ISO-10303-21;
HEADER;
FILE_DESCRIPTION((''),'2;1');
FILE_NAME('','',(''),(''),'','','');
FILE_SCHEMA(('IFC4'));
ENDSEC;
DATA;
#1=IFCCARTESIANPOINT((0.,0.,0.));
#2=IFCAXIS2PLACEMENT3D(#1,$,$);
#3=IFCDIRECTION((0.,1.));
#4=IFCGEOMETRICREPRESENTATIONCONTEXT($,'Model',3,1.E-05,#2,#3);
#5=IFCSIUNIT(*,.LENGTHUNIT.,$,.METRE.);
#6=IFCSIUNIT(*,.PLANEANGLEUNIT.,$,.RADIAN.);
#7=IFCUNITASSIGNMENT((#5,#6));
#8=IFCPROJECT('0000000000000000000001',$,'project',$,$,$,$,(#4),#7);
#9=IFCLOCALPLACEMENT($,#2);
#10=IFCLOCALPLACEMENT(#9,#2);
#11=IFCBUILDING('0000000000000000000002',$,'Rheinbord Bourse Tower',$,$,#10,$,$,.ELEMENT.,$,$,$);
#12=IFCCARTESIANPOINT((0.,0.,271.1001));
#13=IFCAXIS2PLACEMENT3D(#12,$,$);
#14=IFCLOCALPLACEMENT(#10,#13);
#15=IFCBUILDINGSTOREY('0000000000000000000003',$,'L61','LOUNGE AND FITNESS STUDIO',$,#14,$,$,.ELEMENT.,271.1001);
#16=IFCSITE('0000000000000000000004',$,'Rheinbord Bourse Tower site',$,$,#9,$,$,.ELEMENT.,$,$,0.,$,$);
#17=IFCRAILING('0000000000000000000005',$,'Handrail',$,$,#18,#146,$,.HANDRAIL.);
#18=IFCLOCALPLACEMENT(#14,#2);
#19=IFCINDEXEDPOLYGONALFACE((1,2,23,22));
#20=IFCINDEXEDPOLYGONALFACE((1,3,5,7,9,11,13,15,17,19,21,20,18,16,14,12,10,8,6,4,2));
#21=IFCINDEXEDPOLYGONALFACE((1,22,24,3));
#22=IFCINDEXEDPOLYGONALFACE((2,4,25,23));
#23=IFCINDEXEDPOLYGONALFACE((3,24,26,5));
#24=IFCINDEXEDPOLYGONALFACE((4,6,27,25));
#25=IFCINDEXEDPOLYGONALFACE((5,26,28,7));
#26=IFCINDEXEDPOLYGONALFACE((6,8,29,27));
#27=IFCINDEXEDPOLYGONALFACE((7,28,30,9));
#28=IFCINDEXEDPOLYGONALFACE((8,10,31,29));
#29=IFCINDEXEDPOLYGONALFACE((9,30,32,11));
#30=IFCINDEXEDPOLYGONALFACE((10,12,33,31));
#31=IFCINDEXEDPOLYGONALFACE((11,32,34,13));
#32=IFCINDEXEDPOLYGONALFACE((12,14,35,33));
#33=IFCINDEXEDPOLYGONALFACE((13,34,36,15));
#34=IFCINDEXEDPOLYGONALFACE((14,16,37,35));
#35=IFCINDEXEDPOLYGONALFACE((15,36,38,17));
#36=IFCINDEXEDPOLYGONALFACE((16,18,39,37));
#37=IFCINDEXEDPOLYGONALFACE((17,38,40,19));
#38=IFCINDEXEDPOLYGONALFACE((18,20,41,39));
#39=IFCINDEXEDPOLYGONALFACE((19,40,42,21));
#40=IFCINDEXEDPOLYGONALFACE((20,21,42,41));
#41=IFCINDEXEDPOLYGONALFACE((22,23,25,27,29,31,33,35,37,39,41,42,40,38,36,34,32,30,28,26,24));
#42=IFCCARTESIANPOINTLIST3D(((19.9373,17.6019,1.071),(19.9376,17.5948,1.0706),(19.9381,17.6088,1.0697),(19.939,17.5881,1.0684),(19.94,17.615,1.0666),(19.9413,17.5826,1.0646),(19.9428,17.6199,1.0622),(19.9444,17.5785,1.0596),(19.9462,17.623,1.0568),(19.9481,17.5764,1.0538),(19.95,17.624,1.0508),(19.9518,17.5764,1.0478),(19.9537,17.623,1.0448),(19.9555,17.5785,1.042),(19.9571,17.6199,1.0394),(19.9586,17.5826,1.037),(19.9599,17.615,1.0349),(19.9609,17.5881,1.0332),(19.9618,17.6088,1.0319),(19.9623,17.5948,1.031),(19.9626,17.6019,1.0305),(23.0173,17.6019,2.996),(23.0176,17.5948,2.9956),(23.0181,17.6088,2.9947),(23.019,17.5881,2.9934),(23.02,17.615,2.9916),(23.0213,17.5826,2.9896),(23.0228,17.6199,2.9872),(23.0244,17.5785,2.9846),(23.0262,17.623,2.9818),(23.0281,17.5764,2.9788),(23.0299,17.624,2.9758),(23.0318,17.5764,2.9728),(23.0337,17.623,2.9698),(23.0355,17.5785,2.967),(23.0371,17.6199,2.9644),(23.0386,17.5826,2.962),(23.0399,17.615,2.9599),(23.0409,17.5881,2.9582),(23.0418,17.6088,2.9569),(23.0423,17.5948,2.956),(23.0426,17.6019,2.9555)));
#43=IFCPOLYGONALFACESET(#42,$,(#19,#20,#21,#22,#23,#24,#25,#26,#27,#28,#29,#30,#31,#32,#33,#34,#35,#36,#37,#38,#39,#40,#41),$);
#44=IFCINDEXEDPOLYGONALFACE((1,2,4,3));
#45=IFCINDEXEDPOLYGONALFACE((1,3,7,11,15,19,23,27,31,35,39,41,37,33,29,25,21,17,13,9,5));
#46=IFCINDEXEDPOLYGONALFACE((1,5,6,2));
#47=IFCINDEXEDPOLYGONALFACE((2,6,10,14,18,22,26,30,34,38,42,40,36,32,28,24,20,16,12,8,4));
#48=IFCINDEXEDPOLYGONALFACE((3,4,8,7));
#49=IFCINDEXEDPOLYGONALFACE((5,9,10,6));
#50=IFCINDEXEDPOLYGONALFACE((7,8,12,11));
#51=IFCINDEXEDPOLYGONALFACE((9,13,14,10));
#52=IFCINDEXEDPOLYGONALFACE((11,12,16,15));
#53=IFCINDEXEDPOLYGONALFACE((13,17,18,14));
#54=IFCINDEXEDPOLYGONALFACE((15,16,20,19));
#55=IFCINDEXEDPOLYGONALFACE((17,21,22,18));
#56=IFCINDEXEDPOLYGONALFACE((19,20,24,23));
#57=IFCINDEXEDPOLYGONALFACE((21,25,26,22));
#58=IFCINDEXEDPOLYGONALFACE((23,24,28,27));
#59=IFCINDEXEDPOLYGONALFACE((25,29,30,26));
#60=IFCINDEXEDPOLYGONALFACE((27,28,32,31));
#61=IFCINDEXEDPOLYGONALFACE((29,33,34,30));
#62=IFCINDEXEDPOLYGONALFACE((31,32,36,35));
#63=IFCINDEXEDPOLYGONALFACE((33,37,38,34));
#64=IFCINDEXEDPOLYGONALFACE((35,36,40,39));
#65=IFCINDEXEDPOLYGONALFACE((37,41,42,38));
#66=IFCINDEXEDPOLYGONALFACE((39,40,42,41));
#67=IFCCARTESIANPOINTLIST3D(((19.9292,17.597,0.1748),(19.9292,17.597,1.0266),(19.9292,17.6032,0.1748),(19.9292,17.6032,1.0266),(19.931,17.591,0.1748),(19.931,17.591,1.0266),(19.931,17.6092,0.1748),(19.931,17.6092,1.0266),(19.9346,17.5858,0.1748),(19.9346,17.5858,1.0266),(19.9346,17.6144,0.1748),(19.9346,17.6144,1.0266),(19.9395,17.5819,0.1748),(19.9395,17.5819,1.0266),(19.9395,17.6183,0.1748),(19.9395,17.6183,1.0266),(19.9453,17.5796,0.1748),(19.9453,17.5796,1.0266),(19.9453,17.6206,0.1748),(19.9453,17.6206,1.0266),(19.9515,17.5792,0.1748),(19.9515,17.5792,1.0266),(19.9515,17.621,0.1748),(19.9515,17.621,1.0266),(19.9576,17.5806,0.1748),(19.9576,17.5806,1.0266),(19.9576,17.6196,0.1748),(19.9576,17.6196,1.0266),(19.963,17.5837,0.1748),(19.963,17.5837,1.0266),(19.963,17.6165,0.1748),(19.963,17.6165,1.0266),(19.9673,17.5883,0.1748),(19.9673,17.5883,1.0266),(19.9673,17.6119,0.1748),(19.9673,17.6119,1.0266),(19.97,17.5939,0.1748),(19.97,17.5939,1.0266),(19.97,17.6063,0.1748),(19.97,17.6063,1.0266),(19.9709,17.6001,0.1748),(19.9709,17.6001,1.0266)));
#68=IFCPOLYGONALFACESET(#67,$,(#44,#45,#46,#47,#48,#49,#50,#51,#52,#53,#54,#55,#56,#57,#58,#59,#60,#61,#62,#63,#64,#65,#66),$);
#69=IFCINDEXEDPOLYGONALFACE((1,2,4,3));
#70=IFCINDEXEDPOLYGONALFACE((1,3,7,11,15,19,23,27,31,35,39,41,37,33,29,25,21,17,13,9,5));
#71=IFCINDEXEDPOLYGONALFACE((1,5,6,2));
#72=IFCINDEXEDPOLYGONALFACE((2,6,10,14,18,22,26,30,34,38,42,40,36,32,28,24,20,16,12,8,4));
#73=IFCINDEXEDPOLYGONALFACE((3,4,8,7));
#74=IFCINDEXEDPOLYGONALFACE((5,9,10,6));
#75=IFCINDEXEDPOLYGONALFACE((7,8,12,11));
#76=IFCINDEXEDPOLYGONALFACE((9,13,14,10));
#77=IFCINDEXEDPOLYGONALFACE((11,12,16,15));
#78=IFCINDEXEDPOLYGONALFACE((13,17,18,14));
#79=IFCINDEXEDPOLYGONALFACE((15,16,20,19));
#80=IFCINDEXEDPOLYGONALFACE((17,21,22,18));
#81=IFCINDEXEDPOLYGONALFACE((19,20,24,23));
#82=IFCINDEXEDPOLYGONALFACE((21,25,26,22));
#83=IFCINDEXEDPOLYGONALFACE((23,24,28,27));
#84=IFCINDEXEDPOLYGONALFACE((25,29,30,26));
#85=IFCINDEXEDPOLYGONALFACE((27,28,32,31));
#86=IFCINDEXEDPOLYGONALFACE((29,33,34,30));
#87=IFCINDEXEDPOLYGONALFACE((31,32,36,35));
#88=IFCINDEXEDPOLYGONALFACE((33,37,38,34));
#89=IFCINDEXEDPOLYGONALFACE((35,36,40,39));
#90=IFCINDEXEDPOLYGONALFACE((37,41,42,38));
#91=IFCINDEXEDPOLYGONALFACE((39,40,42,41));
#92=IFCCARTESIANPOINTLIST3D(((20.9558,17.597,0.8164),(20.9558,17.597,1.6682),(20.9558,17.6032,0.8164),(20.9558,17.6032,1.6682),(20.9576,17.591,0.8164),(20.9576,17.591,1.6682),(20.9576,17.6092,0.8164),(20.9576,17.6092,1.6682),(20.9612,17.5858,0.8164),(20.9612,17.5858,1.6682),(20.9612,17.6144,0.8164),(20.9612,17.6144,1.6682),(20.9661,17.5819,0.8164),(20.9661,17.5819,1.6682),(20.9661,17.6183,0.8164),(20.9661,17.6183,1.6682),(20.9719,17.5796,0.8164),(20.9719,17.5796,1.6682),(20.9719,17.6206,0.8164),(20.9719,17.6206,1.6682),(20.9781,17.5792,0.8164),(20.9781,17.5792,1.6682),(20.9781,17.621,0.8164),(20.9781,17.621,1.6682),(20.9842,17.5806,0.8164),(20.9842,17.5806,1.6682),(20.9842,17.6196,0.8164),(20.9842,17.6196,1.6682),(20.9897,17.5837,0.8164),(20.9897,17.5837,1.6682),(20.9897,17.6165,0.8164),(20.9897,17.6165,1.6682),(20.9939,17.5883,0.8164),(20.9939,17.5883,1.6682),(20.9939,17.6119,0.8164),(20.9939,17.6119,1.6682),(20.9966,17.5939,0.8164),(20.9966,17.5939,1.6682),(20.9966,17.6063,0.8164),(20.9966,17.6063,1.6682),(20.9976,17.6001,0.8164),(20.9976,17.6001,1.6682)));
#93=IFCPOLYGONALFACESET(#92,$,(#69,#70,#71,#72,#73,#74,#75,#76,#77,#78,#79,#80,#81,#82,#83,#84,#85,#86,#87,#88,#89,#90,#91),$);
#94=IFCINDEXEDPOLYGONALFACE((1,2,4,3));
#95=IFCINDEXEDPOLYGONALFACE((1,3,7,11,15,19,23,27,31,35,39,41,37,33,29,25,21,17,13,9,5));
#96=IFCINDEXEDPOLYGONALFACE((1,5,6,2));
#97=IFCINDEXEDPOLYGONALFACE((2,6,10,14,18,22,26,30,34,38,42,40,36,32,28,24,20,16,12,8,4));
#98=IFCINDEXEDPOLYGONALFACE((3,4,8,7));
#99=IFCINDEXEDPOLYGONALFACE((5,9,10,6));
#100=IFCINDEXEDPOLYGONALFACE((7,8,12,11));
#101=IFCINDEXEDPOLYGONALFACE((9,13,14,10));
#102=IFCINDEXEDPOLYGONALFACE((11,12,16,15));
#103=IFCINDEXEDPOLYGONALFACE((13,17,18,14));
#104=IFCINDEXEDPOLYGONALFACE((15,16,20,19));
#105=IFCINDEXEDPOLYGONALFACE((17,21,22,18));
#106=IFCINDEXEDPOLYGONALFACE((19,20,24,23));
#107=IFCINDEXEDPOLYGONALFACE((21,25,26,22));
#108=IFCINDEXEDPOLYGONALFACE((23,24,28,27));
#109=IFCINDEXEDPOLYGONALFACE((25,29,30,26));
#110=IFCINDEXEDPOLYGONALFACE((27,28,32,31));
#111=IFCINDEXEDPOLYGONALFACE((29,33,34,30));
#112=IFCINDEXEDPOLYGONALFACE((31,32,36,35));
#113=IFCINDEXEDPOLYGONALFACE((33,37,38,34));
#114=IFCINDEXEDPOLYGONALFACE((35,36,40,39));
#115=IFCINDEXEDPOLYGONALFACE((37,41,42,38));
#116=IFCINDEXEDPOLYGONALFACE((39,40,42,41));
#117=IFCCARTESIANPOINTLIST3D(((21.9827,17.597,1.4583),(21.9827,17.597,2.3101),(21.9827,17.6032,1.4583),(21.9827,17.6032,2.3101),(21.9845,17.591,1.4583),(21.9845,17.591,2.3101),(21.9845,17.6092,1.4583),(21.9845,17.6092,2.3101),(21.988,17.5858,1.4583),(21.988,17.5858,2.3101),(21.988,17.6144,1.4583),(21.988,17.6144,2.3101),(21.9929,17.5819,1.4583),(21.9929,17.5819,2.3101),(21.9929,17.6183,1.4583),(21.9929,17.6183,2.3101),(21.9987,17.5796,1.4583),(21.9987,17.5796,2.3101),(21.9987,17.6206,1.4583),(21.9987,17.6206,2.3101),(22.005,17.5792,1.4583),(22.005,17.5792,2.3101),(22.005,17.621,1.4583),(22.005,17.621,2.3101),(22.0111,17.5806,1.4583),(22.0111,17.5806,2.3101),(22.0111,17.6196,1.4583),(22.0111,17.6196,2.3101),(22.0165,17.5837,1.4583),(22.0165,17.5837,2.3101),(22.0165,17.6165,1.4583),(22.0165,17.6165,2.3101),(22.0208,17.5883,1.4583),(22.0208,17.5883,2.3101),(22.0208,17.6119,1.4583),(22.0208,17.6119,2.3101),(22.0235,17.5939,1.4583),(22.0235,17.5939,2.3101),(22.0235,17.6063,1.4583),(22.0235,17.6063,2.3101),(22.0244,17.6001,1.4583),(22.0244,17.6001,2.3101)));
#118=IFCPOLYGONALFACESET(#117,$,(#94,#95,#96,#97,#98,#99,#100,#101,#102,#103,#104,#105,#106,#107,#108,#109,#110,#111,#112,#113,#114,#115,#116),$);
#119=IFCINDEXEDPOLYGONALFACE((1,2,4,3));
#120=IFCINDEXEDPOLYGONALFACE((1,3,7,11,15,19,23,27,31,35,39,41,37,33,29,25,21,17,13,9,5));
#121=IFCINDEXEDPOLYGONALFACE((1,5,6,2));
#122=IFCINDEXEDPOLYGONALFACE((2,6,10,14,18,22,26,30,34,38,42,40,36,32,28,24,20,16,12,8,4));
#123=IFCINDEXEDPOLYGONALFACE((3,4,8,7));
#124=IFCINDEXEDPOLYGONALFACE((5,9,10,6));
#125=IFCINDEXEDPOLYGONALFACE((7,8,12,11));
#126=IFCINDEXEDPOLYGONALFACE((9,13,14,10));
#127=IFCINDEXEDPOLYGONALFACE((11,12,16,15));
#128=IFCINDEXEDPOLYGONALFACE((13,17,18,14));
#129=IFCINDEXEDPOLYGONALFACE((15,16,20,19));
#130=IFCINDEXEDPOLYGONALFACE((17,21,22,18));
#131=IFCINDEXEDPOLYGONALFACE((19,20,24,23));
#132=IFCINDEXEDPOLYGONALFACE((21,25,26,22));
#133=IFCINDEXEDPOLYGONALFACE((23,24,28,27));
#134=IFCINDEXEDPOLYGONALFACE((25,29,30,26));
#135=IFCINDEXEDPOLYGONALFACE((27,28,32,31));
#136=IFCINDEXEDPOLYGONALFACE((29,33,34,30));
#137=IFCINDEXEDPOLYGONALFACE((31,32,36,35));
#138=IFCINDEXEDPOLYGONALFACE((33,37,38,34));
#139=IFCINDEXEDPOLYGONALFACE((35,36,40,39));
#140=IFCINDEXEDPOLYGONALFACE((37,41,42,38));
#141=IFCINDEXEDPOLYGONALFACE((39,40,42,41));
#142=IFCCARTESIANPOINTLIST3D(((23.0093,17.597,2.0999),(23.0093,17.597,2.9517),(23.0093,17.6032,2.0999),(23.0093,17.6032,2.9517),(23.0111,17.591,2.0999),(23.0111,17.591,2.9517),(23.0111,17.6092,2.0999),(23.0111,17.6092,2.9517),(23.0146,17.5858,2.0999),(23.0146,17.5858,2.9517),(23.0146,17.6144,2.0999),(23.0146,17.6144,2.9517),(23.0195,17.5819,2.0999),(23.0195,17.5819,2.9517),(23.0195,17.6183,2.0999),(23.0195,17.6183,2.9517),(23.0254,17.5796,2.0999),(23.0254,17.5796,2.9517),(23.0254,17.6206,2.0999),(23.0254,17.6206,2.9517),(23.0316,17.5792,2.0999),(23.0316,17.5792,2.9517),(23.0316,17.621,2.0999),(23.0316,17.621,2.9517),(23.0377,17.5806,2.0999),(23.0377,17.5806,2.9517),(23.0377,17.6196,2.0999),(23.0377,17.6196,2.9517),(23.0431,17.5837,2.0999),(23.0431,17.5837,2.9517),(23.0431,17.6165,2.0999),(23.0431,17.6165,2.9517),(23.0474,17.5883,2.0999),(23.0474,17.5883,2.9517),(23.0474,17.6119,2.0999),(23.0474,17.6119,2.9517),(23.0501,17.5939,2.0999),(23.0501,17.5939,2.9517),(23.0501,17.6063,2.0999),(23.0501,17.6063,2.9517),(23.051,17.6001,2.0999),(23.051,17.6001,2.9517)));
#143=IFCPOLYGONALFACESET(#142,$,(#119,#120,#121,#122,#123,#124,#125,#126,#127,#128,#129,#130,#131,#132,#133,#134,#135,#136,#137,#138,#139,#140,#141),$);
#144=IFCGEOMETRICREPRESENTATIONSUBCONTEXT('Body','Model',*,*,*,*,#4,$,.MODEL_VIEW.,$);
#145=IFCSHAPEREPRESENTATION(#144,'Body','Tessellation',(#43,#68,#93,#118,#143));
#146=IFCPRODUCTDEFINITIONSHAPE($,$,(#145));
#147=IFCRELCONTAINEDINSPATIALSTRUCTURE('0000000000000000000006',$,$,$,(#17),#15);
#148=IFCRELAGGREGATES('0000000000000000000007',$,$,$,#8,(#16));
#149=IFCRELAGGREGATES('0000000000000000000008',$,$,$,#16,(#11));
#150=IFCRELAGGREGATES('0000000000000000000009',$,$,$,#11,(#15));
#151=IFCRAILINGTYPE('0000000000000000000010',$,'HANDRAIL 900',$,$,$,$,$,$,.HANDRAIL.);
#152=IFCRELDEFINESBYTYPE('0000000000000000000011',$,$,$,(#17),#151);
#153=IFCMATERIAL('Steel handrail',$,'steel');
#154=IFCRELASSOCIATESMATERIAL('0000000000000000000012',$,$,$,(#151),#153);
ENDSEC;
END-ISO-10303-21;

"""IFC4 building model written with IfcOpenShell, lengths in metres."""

from ifc_helpers import new_model, si_unit, direction, frame, origin, origin_2d, place, context, subcontext, project, spatial, circle, extrude, material, type_object, element, save


model = new_model("IFC4")

# Units and contexts
model_context = context("Model", 3, precision=1e-05, world=origin(), true_north=direction((0.0, 1.0)))
body_context = subcontext(model_context, "Body", "Model", "MODEL_VIEW")
ifc_project = project(units=[si_unit("LENGTHUNIT", "METRE"), si_unit("PLANEANGLEUNIT", "RADIAN")], contexts=[model_context])

# Site, building, storey
site_placement = place(None, origin())
site = spatial("IfcSite", under=ifc_project, at=site_placement, Name="Rheinbord Bourse Tower site", CompositionType="ELEMENT", RefElevation=0.0)
building_placement = place(site_placement, origin())
building = spatial("IfcBuilding", under=site, at=building_placement, Name="Rheinbord Bourse Tower", CompositionType="ELEMENT")
storey_placement = place(building_placement, frame((0.0, 0.0, 271.1001)))
storey = spatial("IfcBuildingStorey", under=building, at=storey_placement, Name="L61", Description="LOUNGE AND FITNESS STUDIO", CompositionType="ELEMENT", Elevation=271.1001)

# Railing
ifc_material_1 = material(Name="Steel handrail", Category="steel")
railing_type = type_object("IfcRailingType", Name="HANDRAIL 900", PredefinedType="HANDRAIL", material=ifc_material_1)
railing_1_placement = place(storey_placement, frame((19.95, 17.6001, 0.1748)))
element("IfcRailing", 1, at=railing_1_placement, inside=storey, type_object=railing_type, Name="Handrail", PredefinedType="HANDRAIL", context=body_context, shape_type="SweptSolid", body=[
    extrude(circle(Radius=0.0239, at=origin_2d()), frame((0.0, 0.0, 0.876), z_axis=(0.847998, 0.0, 0.529999), x_axis=(0.0, 1.0, 0.0)), (0.0, 0.0, 1.0), 3.6321),
    extrude(circle(Radius=0.021, at=origin_2d()), origin(), (0.0, 0.0, 1.0), 0.8518),
    extrude(circle(Radius=0.021, at=origin_2d()), frame((1.0266, 0.0, 0.6416)), (0.0, 0.0, 1.0), 0.8518),
    extrude(circle(Radius=0.021, at=origin_2d()), frame((2.0535, 0.0, 1.2834)), (0.0, 0.0, 1.0), 0.8518),
    extrude(circle(Radius=0.021, at=origin_2d()), frame((3.0801, 0.0, 1.925)), (0.0, 0.0, 1.0), 0.8518),
])

save(model, "model.ifc")
